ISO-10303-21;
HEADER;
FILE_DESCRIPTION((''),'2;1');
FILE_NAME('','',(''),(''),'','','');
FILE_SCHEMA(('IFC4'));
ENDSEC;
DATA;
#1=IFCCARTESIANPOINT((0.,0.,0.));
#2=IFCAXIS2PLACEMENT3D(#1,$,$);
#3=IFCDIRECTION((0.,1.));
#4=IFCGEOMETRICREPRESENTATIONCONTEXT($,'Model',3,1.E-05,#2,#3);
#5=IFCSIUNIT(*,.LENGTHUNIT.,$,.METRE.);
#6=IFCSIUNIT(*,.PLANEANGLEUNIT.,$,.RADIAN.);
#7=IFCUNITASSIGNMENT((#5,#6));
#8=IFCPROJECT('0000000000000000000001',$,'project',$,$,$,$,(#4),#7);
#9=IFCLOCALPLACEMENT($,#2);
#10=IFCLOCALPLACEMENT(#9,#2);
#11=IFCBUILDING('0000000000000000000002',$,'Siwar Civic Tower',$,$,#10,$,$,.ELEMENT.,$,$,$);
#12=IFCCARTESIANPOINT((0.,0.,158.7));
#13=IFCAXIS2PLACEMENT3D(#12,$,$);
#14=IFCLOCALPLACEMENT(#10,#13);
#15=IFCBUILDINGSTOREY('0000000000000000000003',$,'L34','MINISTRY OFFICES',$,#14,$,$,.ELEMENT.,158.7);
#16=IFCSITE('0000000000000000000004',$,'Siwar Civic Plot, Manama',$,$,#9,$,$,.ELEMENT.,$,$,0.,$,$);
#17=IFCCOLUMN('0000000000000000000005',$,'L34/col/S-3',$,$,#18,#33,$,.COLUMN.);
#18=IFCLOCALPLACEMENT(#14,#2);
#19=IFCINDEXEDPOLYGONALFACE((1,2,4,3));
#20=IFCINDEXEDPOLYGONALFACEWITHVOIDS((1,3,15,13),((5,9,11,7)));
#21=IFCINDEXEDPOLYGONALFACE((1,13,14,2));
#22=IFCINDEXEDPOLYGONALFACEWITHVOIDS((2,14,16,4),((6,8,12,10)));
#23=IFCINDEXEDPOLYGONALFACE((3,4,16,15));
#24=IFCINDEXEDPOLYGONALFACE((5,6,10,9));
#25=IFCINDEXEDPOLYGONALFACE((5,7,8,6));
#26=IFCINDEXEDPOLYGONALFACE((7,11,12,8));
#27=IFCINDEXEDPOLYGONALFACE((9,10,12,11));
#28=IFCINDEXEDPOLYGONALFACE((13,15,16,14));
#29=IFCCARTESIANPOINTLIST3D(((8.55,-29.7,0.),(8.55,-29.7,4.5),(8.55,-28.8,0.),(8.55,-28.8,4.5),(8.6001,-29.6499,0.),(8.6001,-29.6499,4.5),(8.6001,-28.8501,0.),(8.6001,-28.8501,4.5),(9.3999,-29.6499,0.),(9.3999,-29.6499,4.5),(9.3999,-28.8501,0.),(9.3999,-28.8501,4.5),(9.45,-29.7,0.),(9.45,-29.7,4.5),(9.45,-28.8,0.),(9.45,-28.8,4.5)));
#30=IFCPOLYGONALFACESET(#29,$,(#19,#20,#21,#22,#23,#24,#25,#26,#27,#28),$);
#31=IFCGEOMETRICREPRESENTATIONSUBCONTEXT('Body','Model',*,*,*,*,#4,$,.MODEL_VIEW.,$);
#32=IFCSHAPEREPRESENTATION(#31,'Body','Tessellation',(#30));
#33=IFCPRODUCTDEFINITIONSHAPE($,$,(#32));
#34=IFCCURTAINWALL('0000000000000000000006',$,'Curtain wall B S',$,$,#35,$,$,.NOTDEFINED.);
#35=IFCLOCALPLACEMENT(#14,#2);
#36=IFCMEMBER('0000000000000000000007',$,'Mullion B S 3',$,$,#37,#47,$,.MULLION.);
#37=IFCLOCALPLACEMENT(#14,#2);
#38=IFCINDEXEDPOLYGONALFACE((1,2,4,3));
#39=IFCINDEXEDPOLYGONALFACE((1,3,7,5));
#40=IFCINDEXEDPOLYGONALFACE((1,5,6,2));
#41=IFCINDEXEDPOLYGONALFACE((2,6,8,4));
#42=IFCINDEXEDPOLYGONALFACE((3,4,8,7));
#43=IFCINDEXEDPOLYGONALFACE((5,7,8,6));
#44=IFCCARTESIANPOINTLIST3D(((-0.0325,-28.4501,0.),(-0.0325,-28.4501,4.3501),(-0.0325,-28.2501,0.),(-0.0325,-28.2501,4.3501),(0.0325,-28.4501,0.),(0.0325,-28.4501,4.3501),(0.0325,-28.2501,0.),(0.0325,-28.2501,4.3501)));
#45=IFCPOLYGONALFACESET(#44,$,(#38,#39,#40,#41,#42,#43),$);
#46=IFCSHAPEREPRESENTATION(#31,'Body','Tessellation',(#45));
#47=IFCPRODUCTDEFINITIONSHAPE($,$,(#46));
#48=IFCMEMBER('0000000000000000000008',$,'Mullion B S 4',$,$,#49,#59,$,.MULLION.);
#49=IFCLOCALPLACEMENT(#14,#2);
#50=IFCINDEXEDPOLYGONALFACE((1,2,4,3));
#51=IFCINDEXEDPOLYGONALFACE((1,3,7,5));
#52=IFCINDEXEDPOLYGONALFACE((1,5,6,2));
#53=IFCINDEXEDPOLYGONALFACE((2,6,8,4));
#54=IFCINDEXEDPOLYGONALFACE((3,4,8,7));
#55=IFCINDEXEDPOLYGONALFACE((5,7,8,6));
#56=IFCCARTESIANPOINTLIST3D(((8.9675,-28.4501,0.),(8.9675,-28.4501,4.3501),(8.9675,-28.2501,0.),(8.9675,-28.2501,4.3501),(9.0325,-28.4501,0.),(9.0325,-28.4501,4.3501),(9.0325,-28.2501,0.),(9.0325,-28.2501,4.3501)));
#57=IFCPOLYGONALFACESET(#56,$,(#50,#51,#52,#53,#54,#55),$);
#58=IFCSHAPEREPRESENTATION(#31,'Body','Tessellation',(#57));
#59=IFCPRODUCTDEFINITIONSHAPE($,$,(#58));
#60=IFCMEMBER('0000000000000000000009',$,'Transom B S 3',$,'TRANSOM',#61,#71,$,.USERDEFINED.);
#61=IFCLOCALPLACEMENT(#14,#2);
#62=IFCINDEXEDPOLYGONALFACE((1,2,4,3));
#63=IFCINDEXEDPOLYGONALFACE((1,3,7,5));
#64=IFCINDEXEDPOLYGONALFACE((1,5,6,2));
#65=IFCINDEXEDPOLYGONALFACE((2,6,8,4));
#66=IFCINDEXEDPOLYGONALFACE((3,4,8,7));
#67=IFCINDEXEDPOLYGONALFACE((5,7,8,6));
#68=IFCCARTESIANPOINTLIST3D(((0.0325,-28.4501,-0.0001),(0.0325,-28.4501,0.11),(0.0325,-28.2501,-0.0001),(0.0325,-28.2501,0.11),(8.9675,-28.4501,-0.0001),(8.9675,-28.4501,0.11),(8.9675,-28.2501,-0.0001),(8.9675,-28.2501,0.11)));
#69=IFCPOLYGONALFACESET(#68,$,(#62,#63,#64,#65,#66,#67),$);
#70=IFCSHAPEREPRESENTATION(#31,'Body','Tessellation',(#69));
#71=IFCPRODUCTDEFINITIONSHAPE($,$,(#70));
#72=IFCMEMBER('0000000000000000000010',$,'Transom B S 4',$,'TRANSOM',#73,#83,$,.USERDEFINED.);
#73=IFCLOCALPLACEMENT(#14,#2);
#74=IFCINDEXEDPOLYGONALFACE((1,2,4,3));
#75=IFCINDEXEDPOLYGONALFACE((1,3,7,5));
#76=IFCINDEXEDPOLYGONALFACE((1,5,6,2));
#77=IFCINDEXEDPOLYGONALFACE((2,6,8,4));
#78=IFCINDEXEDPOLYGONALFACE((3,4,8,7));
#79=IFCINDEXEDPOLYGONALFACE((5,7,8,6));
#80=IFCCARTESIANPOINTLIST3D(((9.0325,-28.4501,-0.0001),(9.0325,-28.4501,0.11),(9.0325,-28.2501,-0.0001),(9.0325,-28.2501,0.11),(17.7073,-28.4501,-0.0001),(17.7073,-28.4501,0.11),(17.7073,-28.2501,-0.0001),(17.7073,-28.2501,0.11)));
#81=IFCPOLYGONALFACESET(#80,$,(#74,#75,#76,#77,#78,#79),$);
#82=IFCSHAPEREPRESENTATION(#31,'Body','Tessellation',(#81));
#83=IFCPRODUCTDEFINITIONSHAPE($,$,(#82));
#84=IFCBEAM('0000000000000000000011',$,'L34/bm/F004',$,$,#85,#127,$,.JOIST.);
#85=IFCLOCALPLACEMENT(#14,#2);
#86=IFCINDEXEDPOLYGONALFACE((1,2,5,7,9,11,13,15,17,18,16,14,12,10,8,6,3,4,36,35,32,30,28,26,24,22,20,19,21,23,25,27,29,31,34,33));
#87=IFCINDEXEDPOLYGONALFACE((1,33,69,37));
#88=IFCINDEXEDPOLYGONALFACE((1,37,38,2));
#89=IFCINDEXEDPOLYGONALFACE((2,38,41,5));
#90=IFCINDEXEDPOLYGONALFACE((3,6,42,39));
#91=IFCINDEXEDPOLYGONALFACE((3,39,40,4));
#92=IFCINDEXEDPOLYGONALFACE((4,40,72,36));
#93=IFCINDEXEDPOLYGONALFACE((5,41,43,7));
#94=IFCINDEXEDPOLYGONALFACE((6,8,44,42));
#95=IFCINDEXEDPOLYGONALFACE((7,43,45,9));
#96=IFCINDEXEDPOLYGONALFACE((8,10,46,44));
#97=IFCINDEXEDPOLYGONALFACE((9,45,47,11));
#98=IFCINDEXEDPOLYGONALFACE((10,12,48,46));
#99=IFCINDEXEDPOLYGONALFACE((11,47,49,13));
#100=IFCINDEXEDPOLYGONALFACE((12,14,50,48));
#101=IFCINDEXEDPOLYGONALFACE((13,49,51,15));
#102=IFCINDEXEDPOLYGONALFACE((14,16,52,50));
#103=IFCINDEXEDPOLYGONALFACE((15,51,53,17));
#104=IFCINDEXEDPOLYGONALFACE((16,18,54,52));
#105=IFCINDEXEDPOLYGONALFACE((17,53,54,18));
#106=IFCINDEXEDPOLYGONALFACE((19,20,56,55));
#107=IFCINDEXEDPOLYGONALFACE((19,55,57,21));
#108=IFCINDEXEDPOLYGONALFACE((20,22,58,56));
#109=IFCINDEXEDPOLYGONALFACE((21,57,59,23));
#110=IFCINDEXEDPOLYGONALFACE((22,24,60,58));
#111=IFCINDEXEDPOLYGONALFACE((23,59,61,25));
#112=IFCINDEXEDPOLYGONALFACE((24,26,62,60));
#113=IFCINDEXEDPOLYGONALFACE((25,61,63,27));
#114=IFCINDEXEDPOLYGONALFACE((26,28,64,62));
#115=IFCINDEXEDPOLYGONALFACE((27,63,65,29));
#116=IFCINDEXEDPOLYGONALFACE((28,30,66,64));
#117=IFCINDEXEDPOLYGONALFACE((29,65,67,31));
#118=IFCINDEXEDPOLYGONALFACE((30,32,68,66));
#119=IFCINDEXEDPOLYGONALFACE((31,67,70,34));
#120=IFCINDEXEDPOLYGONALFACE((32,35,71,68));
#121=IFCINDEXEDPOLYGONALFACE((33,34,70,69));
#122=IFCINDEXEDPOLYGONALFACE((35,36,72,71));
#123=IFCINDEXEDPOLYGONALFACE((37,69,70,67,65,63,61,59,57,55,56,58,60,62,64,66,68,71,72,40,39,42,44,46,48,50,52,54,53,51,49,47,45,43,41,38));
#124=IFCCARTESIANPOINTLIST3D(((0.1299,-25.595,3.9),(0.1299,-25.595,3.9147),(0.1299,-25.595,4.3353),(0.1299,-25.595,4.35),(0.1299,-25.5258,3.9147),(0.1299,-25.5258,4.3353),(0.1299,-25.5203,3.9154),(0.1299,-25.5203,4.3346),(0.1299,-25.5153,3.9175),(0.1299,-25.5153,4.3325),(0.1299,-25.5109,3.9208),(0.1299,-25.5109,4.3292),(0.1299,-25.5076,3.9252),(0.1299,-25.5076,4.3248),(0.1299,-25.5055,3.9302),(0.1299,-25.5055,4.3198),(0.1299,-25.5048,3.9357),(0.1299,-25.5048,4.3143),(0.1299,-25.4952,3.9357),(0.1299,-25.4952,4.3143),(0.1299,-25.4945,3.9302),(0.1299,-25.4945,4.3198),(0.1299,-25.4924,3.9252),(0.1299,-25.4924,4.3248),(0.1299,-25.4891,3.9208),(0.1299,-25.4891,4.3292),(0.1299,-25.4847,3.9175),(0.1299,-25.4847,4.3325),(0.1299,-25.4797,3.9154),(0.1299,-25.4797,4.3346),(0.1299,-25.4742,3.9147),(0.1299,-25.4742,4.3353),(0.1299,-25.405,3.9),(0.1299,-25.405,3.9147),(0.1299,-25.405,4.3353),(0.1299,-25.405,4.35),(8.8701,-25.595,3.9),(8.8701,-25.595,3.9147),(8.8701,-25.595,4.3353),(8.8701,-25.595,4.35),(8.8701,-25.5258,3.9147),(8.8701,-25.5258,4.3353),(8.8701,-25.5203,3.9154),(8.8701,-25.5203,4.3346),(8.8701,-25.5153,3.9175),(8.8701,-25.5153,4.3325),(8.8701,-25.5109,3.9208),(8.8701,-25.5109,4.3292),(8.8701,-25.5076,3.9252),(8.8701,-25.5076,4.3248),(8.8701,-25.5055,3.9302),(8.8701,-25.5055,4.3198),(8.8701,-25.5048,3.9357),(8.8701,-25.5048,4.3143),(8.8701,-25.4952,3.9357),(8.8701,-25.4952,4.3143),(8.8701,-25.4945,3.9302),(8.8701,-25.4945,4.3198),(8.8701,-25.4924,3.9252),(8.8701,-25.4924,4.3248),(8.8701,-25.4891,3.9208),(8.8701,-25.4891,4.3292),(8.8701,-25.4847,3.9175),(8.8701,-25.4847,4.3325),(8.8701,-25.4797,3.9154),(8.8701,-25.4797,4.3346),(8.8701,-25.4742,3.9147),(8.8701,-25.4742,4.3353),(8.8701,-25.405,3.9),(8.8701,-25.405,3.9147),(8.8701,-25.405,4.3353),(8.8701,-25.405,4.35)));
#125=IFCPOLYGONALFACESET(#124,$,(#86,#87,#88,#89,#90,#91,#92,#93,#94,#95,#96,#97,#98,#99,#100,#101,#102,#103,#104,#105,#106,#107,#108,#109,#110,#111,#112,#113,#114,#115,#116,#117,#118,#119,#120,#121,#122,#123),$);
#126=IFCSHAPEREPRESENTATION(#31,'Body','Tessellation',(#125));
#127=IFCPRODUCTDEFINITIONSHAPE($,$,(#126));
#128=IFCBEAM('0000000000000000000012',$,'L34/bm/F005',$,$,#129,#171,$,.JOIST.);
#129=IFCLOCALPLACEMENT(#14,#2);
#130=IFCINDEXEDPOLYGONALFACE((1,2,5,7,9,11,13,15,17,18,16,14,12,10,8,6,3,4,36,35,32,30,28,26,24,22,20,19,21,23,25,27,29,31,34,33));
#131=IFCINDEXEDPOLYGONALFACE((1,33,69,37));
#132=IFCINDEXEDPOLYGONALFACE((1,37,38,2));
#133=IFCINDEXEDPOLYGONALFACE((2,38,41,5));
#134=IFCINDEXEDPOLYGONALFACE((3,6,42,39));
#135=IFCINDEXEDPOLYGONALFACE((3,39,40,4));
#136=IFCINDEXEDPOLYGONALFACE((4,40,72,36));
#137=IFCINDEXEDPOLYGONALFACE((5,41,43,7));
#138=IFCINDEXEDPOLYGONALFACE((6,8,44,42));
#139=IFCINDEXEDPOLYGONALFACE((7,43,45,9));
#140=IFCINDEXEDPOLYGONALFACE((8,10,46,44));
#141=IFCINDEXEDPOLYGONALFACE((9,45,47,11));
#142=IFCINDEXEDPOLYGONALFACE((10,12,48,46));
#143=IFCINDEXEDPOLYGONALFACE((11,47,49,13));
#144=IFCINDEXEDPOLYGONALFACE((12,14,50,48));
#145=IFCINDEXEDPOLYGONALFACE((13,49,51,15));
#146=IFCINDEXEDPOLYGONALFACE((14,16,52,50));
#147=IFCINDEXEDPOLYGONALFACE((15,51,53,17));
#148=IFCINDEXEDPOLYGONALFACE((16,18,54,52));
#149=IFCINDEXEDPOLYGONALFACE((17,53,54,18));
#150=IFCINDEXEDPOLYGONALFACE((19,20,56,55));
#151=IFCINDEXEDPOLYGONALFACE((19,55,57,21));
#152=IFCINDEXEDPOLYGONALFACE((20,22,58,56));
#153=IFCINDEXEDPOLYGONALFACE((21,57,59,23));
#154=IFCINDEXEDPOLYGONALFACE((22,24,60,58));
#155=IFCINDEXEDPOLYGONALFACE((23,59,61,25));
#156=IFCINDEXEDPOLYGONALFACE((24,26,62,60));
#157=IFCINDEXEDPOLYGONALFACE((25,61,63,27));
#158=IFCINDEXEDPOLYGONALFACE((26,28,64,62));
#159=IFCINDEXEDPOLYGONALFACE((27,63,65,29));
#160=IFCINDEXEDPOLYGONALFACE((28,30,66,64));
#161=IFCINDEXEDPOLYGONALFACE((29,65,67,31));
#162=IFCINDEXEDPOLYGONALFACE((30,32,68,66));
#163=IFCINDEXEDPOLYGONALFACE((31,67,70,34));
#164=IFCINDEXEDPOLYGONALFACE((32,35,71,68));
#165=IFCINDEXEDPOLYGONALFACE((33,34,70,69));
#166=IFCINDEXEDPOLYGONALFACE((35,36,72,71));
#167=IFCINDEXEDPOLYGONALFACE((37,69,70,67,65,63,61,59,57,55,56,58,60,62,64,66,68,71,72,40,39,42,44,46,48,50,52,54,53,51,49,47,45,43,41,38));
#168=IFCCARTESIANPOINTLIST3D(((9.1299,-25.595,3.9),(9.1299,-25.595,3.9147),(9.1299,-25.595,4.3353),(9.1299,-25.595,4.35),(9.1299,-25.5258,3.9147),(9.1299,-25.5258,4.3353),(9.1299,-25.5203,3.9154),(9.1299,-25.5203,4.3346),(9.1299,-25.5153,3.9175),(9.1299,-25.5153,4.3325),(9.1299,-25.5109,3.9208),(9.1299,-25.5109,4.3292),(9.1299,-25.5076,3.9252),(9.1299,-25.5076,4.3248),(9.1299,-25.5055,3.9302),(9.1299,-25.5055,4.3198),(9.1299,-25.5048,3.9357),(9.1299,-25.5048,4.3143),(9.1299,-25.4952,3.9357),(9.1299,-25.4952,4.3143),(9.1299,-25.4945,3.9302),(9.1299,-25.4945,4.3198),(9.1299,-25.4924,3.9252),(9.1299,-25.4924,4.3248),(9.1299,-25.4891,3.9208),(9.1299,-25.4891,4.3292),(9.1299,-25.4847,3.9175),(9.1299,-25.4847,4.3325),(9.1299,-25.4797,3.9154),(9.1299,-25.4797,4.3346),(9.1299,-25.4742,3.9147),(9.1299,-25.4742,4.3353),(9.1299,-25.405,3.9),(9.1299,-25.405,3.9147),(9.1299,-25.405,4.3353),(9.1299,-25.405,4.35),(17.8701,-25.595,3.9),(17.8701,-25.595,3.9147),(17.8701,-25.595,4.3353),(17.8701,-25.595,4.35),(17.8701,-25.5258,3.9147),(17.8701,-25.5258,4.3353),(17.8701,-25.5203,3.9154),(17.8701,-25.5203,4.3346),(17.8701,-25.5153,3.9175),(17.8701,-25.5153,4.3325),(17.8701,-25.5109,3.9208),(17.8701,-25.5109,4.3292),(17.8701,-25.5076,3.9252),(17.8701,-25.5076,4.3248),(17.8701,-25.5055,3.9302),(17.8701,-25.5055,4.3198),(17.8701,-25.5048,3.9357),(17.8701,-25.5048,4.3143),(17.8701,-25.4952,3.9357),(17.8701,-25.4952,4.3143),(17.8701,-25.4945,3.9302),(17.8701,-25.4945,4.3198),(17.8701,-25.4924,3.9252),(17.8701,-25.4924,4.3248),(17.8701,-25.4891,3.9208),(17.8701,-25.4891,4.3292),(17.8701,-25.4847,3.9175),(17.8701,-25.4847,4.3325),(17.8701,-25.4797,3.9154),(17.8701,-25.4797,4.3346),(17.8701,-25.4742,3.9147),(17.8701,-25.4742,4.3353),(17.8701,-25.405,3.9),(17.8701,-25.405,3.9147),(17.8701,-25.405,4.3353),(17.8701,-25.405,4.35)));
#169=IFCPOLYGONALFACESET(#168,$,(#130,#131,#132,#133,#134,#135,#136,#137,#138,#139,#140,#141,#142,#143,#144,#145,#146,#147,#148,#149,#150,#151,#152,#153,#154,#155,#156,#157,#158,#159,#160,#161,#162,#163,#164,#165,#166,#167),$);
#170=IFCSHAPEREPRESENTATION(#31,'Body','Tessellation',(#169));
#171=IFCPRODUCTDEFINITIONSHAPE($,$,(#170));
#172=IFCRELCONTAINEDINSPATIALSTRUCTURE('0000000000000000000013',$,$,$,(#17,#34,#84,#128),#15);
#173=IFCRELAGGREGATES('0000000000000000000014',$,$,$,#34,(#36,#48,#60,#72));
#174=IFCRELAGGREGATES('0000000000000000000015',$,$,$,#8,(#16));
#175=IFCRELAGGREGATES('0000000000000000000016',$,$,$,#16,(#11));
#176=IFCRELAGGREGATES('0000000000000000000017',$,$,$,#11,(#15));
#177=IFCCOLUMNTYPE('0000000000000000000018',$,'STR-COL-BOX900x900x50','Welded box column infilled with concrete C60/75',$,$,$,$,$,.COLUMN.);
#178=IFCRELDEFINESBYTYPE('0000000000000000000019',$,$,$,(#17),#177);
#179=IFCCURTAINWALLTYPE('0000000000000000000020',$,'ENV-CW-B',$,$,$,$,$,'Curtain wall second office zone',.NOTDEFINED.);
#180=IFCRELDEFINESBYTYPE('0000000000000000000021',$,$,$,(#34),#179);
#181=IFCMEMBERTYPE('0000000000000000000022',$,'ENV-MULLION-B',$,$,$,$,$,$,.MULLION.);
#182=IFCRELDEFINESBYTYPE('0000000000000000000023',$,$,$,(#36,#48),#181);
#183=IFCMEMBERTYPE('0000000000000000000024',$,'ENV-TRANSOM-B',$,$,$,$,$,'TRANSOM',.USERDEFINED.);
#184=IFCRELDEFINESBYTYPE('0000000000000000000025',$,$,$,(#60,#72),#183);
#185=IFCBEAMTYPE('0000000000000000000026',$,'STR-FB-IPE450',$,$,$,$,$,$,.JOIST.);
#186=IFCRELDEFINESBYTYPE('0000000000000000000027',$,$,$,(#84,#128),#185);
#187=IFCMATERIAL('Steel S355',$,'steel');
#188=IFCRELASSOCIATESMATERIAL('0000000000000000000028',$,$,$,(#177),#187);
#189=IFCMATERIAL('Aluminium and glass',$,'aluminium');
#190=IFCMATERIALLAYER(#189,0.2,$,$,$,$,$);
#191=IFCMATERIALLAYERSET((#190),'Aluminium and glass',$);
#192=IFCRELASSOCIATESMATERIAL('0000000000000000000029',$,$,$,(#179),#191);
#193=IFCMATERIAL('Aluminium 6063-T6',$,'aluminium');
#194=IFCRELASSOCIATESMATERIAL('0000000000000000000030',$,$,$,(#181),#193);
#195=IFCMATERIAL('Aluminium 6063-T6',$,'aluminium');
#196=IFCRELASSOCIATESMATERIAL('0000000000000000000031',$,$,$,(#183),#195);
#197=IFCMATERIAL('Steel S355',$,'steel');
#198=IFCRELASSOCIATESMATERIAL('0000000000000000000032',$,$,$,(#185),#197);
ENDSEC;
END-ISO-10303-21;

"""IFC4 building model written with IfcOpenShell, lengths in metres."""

from ifc_helpers import new_model, si_unit, direction, frame, origin, origin_2d, place, context, subcontext, project, spatial, rectangle, hollow_rectangle, i_section, extrude, material, layer, layer_set, material_profile, profile_set, type_object, element, aggregate, save


model = new_model("IFC4")

# Units and contexts
model_context = context("Model", 3, precision=1e-05, world=origin(), true_north=direction((0.0, 1.0)))
body_context = subcontext(model_context, "Body", "Model", "MODEL_VIEW")
ifc_project = project(units=[si_unit("LENGTHUNIT", "METRE"), si_unit("PLANEANGLEUNIT", "RADIAN")], contexts=[model_context])

# Site, building, storey
site_placement = place(None, origin())
site = spatial("IfcSite", under=ifc_project, at=site_placement, Name="Siwar Civic Plot, Manama", CompositionType="ELEMENT", RefElevation=0.0)
building_placement = place(site_placement, origin())
building = spatial("IfcBuilding", under=site, at=building_placement, Name="Siwar Civic Tower", CompositionType="ELEMENT")
storey_placement = place(building_placement, frame((0.0, 0.0, 158.7)))
storey = spatial("IfcBuildingStorey", under=building, at=storey_placement, Name="L34", Description="MINISTRY OFFICES", CompositionType="ELEMENT", Elevation=158.7)

# Column
ifc_material_1 = material(Name="Steel S355", Category="steel")
ifc_material_profile_1 = material_profile(ifc_material_1, hollow_rectangle(XDim=0.8999, YDim=0.8999, WallThickness=0.05, at=origin_2d()), Name="BOX900x900x50")
ifc_profile_set_1 = profile_set([ifc_material_profile_1], Name="Steel S355")
column_type = type_object("IfcColumnType", Name="STR-COL-BOX900x900x50", Description="Welded box column infilled with concrete C60/75", PredefinedType="COLUMN", material=ifc_profile_set_1)
column_placement = place(storey_placement, frame((9.0, -29.25, 0.0), z_axis=(0.0, 0.0, 1.0), x_axis=(1.0, 0.0, 0.0)))
element("IfcColumn", 1, at=column_placement, inside=storey, type_object=column_type, Name="L34/col/S-3", PredefinedType="COLUMN", context=body_context, shape_type="SweptSolid", body=[
    extrude(hollow_rectangle(XDim=0.8999, YDim=0.8999, WallThickness=0.05, at=origin_2d()), origin(), (0.0, 0.0, 1.0), 4.5),
])

# Curtain wall, members
ifc_material_2 = material(Name="Aluminium and glass", Category="aluminium")
ifc_layer_1 = layer(ifc_material_2, 0.2)
ifc_layer_set_1 = layer_set([ifc_layer_1], Name="Aluminium and glass")
curtain_wall_type = type_object("IfcCurtainWallType", Name="ENV-CW-B", ElementType="Curtain wall second office zone", PredefinedType="NOTDEFINED", material=ifc_layer_set_1)
curtain_wall_placement = place(storey_placement, origin())
curtain_wall = element("IfcCurtainWall", 2, at=curtain_wall_placement, inside=storey, type_object=curtain_wall_type, Name="Curtain wall B S", PredefinedType="NOTDEFINED")
ifc_material_3 = material(Name="Aluminium 6063-T6", Category="aluminium")
ifc_material_profile_2 = material_profile(ifc_material_3, rectangle(XDim=0.2, YDim=0.0649, at=origin_2d()), Name="AL 200x65")
ifc_profile_set_2 = profile_set([ifc_material_profile_2], Name="Aluminium 6063-T6")
member_type_1 = type_object("IfcMemberType", Name="ENV-MULLION-B", PredefinedType="MULLION", material=ifc_profile_set_2)
member_1_placement = place(storey_placement, frame((0.0, -28.3501, 0.0), z_axis=(0.0, 0.0, 1.0), x_axis=(0.0, 1.0, 0.0)))
member_1 = element("IfcMember", 3, at=member_1_placement, type_object=member_type_1, Name="Mullion B S 3", PredefinedType="MULLION", context=body_context, shape_type="SweptSolid", body=[
    extrude(rectangle(XDim=0.2, YDim=0.0649, at=origin_2d()), origin(), (0.0, 0.0, 1.0), 4.3501),
])
member_2_placement = place(storey_placement, frame((9.0, -28.3501, 0.0), z_axis=(0.0, 0.0, 1.0), x_axis=(0.0, 1.0, 0.0)))
member_2 = element("IfcMember", 4, at=member_2_placement, type_object=member_type_1, Name="Mullion B S 4", PredefinedType="MULLION", context=body_context, shape_type="SweptSolid", body=[
    extrude(rectangle(XDim=0.2, YDim=0.0649, at=origin_2d()), origin(), (0.0, 0.0, 1.0), 4.3501),
])
ifc_material_4 = material(Name="Aluminium 6063-T6", Category="aluminium")
ifc_material_profile_3 = material_profile(ifc_material_4, rectangle(XDim=0.2, YDim=0.1101, at=origin_2d()), Name="AL 200x110")
ifc_profile_set_3 = profile_set([ifc_material_profile_3], Name="Aluminium 6063-T6")
member_type_2 = type_object("IfcMemberType", Name="ENV-TRANSOM-B", ElementType="TRANSOM", PredefinedType="USERDEFINED", material=ifc_profile_set_3)
member_3_placement = place(storey_placement, frame((0.0325, -28.3501, 0.0549), z_axis=(1.0, 0.0, 0.0), x_axis=(0.0, 1.0, 0.0)))
member_3 = element("IfcMember", 5, at=member_3_placement, type_object=member_type_2, Name="Transom B S 3", ObjectType="TRANSOM", PredefinedType="USERDEFINED", context=body_context, shape_type="SweptSolid", body=[
    extrude(rectangle(XDim=0.2, YDim=0.1101, at=origin_2d()), origin(), (0.0, 0.0, 1.0), 8.9351),
])
member_4_placement = place(storey_placement, frame((9.0325, -28.3501, 0.0549), z_axis=(1.0, 0.0, 0.0), x_axis=(0.0, 1.0, 0.0)))
member_4 = element("IfcMember", 6, at=member_4_placement, type_object=member_type_2, Name="Transom B S 4", ObjectType="TRANSOM", PredefinedType="USERDEFINED", context=body_context, shape_type="SweptSolid", body=[
    extrude(rectangle(XDim=0.2, YDim=0.1101, at=origin_2d()), origin(), (0.0, 0.0, 1.0), 8.6748),
])

# Beams
ifc_material_5 = material(Name="Steel S355", Category="steel")
ifc_material_profile_4 = material_profile(ifc_material_5, i_section(OverallWidth=0.1899, OverallDepth=0.45, WebThickness=0.0095, FlangeThickness=0.0146, FilletRadius=0.021, at=origin_2d()), Name="IPE450")
ifc_profile_set_4 = profile_set([ifc_material_profile_4], Name="Steel S355")
beam_type_1 = type_object("IfcBeamType", Name="STR-FB-IPE450", PredefinedType="JOIST", material=ifc_profile_set_4)
for number, where, z_axis, x_axis, name in (
    (7, (0.1299, -25.5, 4.125), (1.0, 0.0, 0.0), (0.0, 1.0, 0.0), "L34/bm/F004"),
    (8, (9.1299, -25.5, 4.125), (1.0, 0.0, 0.0), (0.0, 1.0, 0.0), "L34/bm/F005"),
):
    element("IfcBeam", number, at=place(storey_placement, frame(where, z_axis=z_axis, x_axis=x_axis)), inside=storey, type_object=beam_type_1, Name=name, PredefinedType="JOIST", context=body_context, shape_type="SweptSolid", body=[
        extrude(i_section(OverallWidth=0.1899, OverallDepth=0.45, WebThickness=0.0095, FlangeThickness=0.0146, FilletRadius=0.021, at=origin_2d()), origin(), (0.0, 0.0, 1.0), 8.7402),
    ])

aggregate(curtain_wall, [member_1, member_2, member_3, member_4])

save(model, "model.ifc")
